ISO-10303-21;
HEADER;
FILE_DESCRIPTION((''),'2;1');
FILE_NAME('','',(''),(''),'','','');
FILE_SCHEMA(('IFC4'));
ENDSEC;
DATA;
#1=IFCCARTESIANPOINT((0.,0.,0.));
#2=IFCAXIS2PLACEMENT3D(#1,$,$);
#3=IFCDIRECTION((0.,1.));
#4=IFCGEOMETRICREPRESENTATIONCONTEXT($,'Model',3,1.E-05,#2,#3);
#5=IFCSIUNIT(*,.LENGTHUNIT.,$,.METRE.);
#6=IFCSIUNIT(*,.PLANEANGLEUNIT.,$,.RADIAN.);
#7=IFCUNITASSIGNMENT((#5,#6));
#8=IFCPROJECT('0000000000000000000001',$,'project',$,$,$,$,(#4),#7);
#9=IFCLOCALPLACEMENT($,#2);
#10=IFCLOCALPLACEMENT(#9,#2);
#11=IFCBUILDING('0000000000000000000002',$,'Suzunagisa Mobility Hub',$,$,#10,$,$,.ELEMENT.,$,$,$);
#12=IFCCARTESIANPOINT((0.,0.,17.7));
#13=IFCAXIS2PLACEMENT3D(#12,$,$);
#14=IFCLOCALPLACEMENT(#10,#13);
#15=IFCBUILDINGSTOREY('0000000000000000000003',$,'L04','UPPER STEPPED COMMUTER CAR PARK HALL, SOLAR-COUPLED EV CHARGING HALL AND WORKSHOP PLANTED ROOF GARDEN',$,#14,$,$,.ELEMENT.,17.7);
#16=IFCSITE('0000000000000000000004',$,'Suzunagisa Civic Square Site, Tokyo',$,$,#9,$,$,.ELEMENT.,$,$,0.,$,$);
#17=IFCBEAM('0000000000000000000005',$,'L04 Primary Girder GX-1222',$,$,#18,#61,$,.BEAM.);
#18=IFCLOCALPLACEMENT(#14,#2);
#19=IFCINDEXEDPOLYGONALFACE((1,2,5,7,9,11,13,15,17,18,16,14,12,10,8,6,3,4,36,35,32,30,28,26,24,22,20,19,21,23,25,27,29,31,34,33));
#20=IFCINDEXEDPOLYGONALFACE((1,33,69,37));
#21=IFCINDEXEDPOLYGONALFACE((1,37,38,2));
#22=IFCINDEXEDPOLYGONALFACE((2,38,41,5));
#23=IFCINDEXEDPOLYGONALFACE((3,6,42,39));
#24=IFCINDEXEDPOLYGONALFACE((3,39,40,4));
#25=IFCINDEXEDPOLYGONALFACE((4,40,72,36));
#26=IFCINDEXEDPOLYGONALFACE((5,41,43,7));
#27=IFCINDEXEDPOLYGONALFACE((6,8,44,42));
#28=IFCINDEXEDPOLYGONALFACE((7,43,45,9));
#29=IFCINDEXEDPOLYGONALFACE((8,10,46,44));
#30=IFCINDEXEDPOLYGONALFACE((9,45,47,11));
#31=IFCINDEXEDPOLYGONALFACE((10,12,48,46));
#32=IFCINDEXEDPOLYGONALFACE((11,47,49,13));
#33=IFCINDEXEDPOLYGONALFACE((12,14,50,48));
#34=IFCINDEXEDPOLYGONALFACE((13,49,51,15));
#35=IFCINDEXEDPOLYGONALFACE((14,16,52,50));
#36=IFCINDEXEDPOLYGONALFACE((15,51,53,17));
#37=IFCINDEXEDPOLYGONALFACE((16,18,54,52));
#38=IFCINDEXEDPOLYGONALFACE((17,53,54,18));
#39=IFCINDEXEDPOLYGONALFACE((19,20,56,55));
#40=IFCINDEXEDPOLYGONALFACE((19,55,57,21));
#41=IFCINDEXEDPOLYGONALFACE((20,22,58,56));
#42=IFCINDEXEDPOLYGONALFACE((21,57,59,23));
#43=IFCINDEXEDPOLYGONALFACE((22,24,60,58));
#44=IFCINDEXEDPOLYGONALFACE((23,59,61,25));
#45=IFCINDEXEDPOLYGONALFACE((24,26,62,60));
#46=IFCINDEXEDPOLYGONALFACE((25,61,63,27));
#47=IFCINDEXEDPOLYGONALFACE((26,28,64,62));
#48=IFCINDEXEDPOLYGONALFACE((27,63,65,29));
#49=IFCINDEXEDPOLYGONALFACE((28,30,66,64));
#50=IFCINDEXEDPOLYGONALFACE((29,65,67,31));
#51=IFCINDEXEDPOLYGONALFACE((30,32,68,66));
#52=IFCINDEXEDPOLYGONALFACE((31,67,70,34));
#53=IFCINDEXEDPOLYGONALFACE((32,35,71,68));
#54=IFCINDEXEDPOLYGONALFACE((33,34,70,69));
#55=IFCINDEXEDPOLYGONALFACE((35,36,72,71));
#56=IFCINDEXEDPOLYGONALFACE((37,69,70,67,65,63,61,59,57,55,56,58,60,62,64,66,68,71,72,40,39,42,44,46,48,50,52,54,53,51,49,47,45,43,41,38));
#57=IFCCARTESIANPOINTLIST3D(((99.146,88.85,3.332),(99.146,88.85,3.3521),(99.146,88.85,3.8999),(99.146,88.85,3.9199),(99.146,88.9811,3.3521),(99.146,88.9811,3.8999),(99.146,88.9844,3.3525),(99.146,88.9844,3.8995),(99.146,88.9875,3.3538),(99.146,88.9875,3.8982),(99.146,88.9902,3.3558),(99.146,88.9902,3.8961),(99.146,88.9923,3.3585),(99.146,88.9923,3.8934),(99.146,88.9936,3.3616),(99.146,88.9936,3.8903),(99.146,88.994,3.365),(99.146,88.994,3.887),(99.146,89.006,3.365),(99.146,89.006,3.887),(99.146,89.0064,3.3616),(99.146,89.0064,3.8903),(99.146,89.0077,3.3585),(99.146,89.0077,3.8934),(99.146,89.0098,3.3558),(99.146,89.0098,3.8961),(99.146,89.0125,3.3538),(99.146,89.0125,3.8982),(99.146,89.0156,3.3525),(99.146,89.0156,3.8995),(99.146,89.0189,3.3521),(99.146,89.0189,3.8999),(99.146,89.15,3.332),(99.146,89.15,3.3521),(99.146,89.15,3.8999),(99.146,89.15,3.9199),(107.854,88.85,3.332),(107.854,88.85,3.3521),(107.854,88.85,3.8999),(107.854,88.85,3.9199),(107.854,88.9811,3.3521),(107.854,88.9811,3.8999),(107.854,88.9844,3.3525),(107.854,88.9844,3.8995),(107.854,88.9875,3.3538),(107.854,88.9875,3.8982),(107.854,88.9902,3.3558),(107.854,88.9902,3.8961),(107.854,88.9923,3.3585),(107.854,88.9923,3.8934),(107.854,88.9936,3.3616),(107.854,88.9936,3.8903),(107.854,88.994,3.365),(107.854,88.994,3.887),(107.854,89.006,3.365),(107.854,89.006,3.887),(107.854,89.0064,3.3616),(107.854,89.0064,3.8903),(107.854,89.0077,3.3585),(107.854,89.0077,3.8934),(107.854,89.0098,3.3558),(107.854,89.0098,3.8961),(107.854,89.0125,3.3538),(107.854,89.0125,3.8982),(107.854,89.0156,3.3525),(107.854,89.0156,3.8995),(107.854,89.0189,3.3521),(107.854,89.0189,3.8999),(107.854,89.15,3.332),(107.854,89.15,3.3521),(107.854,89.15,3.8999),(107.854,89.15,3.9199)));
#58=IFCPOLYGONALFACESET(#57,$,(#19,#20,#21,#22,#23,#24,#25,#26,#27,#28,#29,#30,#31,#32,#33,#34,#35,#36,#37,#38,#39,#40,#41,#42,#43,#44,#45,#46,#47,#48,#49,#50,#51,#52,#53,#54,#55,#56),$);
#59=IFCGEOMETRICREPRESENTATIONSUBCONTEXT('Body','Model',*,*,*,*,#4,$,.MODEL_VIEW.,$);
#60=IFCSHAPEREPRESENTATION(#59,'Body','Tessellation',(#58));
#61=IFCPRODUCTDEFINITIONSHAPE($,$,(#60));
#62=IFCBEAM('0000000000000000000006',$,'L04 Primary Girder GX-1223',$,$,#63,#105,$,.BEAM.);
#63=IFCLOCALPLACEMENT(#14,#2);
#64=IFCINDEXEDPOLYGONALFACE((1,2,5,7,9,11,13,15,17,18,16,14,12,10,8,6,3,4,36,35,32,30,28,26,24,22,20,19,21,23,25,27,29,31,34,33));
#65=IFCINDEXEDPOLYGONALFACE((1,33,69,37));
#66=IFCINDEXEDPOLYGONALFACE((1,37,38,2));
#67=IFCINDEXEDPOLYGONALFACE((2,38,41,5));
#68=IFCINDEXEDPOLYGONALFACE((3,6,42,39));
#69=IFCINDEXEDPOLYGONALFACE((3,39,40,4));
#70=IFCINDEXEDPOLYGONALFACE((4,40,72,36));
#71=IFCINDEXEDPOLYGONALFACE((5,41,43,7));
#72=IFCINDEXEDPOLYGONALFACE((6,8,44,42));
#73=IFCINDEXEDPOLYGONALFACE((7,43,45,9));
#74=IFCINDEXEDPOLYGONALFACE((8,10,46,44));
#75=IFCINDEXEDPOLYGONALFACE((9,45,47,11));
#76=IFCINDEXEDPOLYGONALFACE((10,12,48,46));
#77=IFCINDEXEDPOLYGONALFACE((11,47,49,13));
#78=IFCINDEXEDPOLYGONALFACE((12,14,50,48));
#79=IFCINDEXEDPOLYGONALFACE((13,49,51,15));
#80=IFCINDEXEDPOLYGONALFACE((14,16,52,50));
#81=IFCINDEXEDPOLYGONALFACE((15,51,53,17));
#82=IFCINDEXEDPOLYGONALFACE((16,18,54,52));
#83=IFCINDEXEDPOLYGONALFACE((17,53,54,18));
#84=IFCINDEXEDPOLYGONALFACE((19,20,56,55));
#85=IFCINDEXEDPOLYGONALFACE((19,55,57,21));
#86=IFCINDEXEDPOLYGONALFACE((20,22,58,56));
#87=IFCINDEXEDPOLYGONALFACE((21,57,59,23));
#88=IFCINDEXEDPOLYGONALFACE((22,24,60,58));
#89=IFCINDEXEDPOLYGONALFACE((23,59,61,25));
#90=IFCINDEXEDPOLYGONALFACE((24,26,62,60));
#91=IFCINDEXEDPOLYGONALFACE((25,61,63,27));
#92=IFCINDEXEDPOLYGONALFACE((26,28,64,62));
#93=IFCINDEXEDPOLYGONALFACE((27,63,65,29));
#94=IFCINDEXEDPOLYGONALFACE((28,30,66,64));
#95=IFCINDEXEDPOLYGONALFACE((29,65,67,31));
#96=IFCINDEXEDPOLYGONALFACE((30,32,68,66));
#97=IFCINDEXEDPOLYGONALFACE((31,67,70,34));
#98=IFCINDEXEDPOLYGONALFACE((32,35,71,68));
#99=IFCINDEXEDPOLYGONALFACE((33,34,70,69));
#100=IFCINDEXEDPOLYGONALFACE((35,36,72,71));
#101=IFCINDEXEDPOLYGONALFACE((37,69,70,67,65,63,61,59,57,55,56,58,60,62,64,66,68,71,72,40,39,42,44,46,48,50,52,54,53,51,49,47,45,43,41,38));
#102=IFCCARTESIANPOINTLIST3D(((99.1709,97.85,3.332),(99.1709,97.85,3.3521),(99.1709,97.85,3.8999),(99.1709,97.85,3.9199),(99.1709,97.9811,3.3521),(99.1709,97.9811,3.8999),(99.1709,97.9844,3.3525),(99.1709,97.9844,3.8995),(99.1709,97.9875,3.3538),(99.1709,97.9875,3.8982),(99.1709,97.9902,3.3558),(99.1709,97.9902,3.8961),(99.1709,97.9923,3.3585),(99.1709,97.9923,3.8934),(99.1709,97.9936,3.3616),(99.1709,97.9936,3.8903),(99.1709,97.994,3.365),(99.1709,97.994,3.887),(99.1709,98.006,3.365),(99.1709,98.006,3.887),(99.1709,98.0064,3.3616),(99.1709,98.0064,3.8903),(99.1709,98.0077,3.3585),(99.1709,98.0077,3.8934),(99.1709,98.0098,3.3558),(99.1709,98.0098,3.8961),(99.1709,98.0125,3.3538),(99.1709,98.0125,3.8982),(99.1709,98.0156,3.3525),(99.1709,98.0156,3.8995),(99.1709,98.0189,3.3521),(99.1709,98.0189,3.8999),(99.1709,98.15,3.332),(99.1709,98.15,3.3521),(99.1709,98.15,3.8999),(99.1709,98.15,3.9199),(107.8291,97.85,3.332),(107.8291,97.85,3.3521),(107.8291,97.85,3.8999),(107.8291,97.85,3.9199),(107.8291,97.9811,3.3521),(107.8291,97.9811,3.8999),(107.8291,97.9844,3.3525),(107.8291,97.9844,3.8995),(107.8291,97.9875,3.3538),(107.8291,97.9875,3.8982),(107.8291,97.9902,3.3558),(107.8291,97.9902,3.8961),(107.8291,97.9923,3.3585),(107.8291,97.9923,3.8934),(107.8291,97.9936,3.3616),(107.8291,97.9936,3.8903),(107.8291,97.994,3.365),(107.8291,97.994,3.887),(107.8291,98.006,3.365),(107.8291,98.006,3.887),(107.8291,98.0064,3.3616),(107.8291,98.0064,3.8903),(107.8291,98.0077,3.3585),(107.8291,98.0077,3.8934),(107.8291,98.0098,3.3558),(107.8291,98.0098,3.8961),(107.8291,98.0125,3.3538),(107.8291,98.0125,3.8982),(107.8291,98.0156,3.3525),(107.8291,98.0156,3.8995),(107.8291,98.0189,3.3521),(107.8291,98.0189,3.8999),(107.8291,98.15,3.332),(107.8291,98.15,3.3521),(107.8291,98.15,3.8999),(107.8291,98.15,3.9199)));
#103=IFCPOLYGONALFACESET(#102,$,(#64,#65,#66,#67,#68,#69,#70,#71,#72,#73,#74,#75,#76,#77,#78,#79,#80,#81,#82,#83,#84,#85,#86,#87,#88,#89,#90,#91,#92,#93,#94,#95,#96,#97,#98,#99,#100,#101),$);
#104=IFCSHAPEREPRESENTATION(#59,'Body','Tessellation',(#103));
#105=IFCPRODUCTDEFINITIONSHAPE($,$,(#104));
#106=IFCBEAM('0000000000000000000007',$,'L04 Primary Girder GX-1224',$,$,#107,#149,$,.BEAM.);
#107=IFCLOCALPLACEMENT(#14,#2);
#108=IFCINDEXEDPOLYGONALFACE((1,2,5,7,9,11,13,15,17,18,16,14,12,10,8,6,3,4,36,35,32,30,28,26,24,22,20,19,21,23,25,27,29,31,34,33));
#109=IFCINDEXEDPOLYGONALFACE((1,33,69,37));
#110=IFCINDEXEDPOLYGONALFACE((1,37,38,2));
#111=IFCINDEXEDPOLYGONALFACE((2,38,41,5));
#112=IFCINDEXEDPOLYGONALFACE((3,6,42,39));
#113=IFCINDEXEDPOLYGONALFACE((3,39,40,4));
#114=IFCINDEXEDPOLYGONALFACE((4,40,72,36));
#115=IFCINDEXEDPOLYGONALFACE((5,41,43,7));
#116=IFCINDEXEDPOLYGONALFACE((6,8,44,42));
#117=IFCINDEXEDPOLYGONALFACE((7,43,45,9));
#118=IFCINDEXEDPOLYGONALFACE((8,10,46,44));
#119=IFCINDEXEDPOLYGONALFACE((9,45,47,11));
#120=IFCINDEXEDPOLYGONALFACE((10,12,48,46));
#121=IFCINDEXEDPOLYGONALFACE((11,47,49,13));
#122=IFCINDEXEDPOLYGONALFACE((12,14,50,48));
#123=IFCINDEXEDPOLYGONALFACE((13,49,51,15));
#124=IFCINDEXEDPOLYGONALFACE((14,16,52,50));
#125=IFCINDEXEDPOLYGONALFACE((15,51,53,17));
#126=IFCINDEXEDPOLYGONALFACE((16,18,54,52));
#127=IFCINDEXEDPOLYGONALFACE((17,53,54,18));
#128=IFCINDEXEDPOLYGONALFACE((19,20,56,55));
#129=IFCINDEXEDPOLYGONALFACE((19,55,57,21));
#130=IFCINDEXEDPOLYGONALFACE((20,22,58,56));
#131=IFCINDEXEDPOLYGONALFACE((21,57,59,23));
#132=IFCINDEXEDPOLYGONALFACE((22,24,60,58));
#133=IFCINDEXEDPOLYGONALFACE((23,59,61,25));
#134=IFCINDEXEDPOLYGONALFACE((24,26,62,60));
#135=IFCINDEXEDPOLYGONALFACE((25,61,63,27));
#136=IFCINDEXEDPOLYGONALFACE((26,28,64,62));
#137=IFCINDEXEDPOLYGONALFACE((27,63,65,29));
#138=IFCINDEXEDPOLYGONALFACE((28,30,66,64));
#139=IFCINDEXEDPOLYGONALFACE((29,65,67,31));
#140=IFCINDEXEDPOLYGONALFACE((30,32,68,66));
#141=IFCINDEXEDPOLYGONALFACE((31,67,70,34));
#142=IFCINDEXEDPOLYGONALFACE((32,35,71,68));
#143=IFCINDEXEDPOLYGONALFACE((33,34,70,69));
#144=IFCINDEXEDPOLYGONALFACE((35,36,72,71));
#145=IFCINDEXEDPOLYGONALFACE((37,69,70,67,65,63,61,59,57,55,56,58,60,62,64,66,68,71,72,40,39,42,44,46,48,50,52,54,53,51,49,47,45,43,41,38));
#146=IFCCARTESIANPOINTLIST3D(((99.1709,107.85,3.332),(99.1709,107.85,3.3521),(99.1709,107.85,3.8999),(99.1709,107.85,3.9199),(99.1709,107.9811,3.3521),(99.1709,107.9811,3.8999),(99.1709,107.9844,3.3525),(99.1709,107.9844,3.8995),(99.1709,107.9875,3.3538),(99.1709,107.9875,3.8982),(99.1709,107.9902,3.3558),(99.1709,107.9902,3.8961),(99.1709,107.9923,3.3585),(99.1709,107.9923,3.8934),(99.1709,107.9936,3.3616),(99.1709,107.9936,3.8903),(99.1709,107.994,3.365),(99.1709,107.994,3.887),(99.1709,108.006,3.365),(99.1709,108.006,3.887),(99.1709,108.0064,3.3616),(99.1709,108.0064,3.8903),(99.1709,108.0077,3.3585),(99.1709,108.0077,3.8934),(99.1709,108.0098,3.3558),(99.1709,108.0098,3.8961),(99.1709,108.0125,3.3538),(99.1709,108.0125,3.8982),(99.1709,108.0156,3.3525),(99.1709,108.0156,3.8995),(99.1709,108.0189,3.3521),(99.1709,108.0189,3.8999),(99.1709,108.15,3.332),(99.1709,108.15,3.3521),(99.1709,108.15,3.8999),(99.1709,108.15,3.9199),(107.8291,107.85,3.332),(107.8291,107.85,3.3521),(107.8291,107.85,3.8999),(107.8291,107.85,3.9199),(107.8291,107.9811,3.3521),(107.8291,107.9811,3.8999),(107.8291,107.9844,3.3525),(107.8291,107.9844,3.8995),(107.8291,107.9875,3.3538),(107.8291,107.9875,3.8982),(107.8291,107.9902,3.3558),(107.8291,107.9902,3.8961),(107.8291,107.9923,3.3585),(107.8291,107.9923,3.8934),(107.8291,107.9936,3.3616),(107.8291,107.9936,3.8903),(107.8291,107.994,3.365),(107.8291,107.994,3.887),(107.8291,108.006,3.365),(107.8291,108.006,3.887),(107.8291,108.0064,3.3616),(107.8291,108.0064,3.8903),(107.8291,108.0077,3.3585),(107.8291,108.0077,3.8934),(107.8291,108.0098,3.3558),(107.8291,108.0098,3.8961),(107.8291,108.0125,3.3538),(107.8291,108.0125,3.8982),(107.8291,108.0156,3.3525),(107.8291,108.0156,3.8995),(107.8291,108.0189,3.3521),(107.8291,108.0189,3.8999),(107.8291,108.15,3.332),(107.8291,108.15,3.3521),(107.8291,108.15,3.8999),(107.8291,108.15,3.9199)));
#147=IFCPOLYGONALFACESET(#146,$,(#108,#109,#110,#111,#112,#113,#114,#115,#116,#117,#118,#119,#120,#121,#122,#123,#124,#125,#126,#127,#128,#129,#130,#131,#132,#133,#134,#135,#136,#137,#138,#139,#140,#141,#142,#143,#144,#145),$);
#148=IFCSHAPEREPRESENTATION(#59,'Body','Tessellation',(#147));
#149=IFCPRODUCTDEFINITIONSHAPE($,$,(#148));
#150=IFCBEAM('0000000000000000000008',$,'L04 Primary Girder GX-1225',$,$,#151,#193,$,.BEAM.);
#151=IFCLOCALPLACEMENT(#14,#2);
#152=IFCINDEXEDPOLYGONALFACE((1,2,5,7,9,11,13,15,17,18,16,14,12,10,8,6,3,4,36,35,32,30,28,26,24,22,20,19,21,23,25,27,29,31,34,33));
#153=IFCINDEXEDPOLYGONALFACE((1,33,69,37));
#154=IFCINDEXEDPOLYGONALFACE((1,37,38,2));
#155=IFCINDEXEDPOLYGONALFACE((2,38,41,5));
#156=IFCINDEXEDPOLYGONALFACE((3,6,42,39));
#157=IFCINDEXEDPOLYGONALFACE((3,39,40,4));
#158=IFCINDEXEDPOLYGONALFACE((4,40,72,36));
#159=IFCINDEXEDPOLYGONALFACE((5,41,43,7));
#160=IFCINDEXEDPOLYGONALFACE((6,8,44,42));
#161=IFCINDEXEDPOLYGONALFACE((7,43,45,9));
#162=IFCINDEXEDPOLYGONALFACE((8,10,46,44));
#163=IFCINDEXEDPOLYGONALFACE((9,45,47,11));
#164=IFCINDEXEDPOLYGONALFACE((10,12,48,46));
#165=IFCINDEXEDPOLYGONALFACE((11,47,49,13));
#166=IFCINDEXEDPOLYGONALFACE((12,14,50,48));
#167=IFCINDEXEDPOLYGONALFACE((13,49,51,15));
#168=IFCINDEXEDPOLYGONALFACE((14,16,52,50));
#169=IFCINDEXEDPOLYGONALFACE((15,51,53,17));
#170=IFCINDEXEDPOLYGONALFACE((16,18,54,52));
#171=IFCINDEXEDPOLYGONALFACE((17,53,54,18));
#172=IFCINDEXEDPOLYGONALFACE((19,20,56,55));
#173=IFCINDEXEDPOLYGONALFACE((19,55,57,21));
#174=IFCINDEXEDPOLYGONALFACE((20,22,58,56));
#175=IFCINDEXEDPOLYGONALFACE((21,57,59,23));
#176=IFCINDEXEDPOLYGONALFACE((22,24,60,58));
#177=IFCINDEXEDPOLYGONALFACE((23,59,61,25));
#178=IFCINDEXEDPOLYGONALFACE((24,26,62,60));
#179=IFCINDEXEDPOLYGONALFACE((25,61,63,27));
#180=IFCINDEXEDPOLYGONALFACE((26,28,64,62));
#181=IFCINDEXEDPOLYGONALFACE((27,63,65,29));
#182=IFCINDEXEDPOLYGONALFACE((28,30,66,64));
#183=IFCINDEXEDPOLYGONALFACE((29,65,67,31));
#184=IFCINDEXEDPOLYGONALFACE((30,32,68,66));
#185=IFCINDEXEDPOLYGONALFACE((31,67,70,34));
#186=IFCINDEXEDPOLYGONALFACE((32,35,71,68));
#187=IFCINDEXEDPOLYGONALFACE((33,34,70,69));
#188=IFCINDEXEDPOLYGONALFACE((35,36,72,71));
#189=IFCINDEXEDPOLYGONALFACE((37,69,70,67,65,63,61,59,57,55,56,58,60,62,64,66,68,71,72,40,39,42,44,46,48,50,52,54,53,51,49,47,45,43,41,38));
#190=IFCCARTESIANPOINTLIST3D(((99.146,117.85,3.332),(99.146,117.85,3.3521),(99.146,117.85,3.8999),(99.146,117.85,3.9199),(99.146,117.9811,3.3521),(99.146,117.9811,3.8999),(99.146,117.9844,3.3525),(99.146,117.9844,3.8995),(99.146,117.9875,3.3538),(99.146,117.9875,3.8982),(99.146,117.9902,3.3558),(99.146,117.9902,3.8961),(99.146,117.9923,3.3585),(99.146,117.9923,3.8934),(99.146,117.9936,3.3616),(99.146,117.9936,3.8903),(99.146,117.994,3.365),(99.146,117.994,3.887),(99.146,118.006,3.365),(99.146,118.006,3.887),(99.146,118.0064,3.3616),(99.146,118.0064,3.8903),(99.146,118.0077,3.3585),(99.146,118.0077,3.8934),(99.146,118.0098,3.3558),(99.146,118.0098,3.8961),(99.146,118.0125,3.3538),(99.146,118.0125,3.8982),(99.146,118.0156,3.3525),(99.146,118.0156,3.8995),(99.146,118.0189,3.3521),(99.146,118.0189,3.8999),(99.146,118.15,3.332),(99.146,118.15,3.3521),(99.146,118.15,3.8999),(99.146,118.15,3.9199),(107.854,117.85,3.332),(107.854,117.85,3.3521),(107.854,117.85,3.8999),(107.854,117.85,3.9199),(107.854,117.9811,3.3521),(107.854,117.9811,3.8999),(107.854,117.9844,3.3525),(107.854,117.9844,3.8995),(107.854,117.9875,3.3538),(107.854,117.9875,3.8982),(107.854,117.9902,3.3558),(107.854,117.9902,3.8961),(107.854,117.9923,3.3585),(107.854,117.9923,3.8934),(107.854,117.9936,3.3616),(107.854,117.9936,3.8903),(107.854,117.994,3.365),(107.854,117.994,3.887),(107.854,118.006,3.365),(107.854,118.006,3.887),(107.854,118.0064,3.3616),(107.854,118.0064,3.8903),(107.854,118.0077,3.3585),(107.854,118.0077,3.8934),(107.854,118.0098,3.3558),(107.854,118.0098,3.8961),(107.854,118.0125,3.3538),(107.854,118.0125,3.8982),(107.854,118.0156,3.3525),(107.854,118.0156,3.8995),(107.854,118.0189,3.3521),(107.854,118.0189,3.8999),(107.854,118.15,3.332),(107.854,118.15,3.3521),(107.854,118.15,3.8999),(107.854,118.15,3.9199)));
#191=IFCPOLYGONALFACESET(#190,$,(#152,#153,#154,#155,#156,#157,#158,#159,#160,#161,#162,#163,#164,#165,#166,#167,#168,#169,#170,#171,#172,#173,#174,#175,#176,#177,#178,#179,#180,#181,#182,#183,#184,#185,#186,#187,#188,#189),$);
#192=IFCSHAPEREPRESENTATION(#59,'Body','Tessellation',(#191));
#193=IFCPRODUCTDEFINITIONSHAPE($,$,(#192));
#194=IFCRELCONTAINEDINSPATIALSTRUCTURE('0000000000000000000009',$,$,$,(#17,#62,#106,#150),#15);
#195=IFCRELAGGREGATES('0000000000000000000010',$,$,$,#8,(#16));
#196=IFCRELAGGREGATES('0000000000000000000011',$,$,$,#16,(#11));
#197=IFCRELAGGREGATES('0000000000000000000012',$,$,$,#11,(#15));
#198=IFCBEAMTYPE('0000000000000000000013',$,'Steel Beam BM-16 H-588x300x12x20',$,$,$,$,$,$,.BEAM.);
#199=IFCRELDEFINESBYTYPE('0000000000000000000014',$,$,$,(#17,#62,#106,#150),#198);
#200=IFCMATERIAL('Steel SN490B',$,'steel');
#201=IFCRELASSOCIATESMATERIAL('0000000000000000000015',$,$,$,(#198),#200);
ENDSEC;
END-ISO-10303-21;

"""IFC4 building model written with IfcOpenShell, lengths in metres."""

from ifc_helpers import new_model, si_unit, direction, frame, origin, origin_2d, place, context, subcontext, project, spatial, i_section, extrude, material, material_profile, profile_set, type_object, element, save


model = new_model("IFC4")

# Units and contexts
model_context = context("Model", 3, precision=1e-05, world=origin(), true_north=direction((0.0, 1.0)))
body_context = subcontext(model_context, "Body", "Model", "MODEL_VIEW")
ifc_project = project(units=[si_unit("LENGTHUNIT", "METRE"), si_unit("PLANEANGLEUNIT", "RADIAN")], contexts=[model_context])

# Site, building, storey
site_placement = place(None, origin())
site = spatial("IfcSite", under=ifc_project, at=site_placement, Name="Suzunagisa Civic Square Site, Tokyo", CompositionType="ELEMENT", RefElevation=0.0)
building_placement = place(site_placement, origin())
building = spatial("IfcBuilding", under=site, at=building_placement, Name="Suzunagisa Mobility Hub", CompositionType="ELEMENT")
storey_placement = place(building_placement, frame((0.0, 0.0, 17.7)))
storey = spatial("IfcBuildingStorey", under=building, at=storey_placement, Name="L04", Description="UPPER STEPPED COMMUTER CAR PARK HALL, SOLAR-COUPLED EV CHARGING HALL AND WORKSHOP PLANTED ROOF GARDEN", CompositionType="ELEMENT", Elevation=17.7)

# Shared definitions
ifc_material_1 = material(Name="Steel SN490B", Category="steel")

# Beams
ifc_material_profile_1 = material_profile(ifc_material_1, i_section(OverallWidth=0.3, OverallDepth=0.5879, WebThickness=0.012, FlangeThickness=0.02, FilletRadius=0.0129, at=origin_2d()), Name="H-588x300x12x20")
ifc_profile_set_1 = profile_set([ifc_material_profile_1], Name="Steel SN490B")
beam_type_1 = type_object("IfcBeamType", Name="Steel Beam BM-16 H-588x300x12x20", PredefinedType="BEAM", material=ifc_profile_set_1)
beam_1_placement = place(storey_placement, frame((99.146, 89.0, 3.626), z_axis=(1.0, 0.0, 0.0), x_axis=(0.0, 1.0, 0.0)))
element("IfcBeam", 1, at=beam_1_placement, inside=storey, type_object=beam_type_1, Name="L04 Primary Girder GX-1222", PredefinedType="BEAM", context=body_context, shape_type="SweptSolid", body=[
    extrude(i_section(OverallWidth=0.3, OverallDepth=0.5879, WebThickness=0.012, FlangeThickness=0.02, FilletRadius=0.0129, at=origin_2d()), origin(), (0.0, 0.0, 1.0), 8.708),
])
for number, where, z_axis, x_axis, name in (
    (2, (99.1709, 98.0, 3.626), (1.0, 0.0, 0.0), (0.0, 1.0, 0.0), "L04 Primary Girder GX-1223"),
    (3, (99.1709, 108.0, 3.626), (1.0, 0.0, 0.0), (0.0, 1.0, 0.0), "L04 Primary Girder GX-1224"),
):
    element("IfcBeam", number, at=place(storey_placement, frame(where, z_axis=z_axis, x_axis=x_axis)), inside=storey, type_object=beam_type_1, Name=name, PredefinedType="BEAM", context=body_context, shape_type="SweptSolid", body=[
        extrude(i_section(OverallWidth=0.3, OverallDepth=0.5879, WebThickness=0.012, FlangeThickness=0.02, FilletRadius=0.0129, at=origin_2d()), origin(), (0.0, 0.0, 1.0), 8.6582),
    ])
beam_2_placement = place(storey_placement, frame((99.146, 118.0, 3.626), z_axis=(1.0, 0.0, 0.0), x_axis=(0.0, 1.0, 0.0)))
element("IfcBeam", 4, at=beam_2_placement, inside=storey, type_object=beam_type_1, Name="L04 Primary Girder GX-1225", PredefinedType="BEAM", context=body_context, shape_type="SweptSolid", body=[
    extrude(i_section(OverallWidth=0.3, OverallDepth=0.5879, WebThickness=0.012, FlangeThickness=0.02, FilletRadius=0.0129, at=origin_2d()), origin(), (0.0, 0.0, 1.0), 8.708),
])

save(model, "model.ifc")
